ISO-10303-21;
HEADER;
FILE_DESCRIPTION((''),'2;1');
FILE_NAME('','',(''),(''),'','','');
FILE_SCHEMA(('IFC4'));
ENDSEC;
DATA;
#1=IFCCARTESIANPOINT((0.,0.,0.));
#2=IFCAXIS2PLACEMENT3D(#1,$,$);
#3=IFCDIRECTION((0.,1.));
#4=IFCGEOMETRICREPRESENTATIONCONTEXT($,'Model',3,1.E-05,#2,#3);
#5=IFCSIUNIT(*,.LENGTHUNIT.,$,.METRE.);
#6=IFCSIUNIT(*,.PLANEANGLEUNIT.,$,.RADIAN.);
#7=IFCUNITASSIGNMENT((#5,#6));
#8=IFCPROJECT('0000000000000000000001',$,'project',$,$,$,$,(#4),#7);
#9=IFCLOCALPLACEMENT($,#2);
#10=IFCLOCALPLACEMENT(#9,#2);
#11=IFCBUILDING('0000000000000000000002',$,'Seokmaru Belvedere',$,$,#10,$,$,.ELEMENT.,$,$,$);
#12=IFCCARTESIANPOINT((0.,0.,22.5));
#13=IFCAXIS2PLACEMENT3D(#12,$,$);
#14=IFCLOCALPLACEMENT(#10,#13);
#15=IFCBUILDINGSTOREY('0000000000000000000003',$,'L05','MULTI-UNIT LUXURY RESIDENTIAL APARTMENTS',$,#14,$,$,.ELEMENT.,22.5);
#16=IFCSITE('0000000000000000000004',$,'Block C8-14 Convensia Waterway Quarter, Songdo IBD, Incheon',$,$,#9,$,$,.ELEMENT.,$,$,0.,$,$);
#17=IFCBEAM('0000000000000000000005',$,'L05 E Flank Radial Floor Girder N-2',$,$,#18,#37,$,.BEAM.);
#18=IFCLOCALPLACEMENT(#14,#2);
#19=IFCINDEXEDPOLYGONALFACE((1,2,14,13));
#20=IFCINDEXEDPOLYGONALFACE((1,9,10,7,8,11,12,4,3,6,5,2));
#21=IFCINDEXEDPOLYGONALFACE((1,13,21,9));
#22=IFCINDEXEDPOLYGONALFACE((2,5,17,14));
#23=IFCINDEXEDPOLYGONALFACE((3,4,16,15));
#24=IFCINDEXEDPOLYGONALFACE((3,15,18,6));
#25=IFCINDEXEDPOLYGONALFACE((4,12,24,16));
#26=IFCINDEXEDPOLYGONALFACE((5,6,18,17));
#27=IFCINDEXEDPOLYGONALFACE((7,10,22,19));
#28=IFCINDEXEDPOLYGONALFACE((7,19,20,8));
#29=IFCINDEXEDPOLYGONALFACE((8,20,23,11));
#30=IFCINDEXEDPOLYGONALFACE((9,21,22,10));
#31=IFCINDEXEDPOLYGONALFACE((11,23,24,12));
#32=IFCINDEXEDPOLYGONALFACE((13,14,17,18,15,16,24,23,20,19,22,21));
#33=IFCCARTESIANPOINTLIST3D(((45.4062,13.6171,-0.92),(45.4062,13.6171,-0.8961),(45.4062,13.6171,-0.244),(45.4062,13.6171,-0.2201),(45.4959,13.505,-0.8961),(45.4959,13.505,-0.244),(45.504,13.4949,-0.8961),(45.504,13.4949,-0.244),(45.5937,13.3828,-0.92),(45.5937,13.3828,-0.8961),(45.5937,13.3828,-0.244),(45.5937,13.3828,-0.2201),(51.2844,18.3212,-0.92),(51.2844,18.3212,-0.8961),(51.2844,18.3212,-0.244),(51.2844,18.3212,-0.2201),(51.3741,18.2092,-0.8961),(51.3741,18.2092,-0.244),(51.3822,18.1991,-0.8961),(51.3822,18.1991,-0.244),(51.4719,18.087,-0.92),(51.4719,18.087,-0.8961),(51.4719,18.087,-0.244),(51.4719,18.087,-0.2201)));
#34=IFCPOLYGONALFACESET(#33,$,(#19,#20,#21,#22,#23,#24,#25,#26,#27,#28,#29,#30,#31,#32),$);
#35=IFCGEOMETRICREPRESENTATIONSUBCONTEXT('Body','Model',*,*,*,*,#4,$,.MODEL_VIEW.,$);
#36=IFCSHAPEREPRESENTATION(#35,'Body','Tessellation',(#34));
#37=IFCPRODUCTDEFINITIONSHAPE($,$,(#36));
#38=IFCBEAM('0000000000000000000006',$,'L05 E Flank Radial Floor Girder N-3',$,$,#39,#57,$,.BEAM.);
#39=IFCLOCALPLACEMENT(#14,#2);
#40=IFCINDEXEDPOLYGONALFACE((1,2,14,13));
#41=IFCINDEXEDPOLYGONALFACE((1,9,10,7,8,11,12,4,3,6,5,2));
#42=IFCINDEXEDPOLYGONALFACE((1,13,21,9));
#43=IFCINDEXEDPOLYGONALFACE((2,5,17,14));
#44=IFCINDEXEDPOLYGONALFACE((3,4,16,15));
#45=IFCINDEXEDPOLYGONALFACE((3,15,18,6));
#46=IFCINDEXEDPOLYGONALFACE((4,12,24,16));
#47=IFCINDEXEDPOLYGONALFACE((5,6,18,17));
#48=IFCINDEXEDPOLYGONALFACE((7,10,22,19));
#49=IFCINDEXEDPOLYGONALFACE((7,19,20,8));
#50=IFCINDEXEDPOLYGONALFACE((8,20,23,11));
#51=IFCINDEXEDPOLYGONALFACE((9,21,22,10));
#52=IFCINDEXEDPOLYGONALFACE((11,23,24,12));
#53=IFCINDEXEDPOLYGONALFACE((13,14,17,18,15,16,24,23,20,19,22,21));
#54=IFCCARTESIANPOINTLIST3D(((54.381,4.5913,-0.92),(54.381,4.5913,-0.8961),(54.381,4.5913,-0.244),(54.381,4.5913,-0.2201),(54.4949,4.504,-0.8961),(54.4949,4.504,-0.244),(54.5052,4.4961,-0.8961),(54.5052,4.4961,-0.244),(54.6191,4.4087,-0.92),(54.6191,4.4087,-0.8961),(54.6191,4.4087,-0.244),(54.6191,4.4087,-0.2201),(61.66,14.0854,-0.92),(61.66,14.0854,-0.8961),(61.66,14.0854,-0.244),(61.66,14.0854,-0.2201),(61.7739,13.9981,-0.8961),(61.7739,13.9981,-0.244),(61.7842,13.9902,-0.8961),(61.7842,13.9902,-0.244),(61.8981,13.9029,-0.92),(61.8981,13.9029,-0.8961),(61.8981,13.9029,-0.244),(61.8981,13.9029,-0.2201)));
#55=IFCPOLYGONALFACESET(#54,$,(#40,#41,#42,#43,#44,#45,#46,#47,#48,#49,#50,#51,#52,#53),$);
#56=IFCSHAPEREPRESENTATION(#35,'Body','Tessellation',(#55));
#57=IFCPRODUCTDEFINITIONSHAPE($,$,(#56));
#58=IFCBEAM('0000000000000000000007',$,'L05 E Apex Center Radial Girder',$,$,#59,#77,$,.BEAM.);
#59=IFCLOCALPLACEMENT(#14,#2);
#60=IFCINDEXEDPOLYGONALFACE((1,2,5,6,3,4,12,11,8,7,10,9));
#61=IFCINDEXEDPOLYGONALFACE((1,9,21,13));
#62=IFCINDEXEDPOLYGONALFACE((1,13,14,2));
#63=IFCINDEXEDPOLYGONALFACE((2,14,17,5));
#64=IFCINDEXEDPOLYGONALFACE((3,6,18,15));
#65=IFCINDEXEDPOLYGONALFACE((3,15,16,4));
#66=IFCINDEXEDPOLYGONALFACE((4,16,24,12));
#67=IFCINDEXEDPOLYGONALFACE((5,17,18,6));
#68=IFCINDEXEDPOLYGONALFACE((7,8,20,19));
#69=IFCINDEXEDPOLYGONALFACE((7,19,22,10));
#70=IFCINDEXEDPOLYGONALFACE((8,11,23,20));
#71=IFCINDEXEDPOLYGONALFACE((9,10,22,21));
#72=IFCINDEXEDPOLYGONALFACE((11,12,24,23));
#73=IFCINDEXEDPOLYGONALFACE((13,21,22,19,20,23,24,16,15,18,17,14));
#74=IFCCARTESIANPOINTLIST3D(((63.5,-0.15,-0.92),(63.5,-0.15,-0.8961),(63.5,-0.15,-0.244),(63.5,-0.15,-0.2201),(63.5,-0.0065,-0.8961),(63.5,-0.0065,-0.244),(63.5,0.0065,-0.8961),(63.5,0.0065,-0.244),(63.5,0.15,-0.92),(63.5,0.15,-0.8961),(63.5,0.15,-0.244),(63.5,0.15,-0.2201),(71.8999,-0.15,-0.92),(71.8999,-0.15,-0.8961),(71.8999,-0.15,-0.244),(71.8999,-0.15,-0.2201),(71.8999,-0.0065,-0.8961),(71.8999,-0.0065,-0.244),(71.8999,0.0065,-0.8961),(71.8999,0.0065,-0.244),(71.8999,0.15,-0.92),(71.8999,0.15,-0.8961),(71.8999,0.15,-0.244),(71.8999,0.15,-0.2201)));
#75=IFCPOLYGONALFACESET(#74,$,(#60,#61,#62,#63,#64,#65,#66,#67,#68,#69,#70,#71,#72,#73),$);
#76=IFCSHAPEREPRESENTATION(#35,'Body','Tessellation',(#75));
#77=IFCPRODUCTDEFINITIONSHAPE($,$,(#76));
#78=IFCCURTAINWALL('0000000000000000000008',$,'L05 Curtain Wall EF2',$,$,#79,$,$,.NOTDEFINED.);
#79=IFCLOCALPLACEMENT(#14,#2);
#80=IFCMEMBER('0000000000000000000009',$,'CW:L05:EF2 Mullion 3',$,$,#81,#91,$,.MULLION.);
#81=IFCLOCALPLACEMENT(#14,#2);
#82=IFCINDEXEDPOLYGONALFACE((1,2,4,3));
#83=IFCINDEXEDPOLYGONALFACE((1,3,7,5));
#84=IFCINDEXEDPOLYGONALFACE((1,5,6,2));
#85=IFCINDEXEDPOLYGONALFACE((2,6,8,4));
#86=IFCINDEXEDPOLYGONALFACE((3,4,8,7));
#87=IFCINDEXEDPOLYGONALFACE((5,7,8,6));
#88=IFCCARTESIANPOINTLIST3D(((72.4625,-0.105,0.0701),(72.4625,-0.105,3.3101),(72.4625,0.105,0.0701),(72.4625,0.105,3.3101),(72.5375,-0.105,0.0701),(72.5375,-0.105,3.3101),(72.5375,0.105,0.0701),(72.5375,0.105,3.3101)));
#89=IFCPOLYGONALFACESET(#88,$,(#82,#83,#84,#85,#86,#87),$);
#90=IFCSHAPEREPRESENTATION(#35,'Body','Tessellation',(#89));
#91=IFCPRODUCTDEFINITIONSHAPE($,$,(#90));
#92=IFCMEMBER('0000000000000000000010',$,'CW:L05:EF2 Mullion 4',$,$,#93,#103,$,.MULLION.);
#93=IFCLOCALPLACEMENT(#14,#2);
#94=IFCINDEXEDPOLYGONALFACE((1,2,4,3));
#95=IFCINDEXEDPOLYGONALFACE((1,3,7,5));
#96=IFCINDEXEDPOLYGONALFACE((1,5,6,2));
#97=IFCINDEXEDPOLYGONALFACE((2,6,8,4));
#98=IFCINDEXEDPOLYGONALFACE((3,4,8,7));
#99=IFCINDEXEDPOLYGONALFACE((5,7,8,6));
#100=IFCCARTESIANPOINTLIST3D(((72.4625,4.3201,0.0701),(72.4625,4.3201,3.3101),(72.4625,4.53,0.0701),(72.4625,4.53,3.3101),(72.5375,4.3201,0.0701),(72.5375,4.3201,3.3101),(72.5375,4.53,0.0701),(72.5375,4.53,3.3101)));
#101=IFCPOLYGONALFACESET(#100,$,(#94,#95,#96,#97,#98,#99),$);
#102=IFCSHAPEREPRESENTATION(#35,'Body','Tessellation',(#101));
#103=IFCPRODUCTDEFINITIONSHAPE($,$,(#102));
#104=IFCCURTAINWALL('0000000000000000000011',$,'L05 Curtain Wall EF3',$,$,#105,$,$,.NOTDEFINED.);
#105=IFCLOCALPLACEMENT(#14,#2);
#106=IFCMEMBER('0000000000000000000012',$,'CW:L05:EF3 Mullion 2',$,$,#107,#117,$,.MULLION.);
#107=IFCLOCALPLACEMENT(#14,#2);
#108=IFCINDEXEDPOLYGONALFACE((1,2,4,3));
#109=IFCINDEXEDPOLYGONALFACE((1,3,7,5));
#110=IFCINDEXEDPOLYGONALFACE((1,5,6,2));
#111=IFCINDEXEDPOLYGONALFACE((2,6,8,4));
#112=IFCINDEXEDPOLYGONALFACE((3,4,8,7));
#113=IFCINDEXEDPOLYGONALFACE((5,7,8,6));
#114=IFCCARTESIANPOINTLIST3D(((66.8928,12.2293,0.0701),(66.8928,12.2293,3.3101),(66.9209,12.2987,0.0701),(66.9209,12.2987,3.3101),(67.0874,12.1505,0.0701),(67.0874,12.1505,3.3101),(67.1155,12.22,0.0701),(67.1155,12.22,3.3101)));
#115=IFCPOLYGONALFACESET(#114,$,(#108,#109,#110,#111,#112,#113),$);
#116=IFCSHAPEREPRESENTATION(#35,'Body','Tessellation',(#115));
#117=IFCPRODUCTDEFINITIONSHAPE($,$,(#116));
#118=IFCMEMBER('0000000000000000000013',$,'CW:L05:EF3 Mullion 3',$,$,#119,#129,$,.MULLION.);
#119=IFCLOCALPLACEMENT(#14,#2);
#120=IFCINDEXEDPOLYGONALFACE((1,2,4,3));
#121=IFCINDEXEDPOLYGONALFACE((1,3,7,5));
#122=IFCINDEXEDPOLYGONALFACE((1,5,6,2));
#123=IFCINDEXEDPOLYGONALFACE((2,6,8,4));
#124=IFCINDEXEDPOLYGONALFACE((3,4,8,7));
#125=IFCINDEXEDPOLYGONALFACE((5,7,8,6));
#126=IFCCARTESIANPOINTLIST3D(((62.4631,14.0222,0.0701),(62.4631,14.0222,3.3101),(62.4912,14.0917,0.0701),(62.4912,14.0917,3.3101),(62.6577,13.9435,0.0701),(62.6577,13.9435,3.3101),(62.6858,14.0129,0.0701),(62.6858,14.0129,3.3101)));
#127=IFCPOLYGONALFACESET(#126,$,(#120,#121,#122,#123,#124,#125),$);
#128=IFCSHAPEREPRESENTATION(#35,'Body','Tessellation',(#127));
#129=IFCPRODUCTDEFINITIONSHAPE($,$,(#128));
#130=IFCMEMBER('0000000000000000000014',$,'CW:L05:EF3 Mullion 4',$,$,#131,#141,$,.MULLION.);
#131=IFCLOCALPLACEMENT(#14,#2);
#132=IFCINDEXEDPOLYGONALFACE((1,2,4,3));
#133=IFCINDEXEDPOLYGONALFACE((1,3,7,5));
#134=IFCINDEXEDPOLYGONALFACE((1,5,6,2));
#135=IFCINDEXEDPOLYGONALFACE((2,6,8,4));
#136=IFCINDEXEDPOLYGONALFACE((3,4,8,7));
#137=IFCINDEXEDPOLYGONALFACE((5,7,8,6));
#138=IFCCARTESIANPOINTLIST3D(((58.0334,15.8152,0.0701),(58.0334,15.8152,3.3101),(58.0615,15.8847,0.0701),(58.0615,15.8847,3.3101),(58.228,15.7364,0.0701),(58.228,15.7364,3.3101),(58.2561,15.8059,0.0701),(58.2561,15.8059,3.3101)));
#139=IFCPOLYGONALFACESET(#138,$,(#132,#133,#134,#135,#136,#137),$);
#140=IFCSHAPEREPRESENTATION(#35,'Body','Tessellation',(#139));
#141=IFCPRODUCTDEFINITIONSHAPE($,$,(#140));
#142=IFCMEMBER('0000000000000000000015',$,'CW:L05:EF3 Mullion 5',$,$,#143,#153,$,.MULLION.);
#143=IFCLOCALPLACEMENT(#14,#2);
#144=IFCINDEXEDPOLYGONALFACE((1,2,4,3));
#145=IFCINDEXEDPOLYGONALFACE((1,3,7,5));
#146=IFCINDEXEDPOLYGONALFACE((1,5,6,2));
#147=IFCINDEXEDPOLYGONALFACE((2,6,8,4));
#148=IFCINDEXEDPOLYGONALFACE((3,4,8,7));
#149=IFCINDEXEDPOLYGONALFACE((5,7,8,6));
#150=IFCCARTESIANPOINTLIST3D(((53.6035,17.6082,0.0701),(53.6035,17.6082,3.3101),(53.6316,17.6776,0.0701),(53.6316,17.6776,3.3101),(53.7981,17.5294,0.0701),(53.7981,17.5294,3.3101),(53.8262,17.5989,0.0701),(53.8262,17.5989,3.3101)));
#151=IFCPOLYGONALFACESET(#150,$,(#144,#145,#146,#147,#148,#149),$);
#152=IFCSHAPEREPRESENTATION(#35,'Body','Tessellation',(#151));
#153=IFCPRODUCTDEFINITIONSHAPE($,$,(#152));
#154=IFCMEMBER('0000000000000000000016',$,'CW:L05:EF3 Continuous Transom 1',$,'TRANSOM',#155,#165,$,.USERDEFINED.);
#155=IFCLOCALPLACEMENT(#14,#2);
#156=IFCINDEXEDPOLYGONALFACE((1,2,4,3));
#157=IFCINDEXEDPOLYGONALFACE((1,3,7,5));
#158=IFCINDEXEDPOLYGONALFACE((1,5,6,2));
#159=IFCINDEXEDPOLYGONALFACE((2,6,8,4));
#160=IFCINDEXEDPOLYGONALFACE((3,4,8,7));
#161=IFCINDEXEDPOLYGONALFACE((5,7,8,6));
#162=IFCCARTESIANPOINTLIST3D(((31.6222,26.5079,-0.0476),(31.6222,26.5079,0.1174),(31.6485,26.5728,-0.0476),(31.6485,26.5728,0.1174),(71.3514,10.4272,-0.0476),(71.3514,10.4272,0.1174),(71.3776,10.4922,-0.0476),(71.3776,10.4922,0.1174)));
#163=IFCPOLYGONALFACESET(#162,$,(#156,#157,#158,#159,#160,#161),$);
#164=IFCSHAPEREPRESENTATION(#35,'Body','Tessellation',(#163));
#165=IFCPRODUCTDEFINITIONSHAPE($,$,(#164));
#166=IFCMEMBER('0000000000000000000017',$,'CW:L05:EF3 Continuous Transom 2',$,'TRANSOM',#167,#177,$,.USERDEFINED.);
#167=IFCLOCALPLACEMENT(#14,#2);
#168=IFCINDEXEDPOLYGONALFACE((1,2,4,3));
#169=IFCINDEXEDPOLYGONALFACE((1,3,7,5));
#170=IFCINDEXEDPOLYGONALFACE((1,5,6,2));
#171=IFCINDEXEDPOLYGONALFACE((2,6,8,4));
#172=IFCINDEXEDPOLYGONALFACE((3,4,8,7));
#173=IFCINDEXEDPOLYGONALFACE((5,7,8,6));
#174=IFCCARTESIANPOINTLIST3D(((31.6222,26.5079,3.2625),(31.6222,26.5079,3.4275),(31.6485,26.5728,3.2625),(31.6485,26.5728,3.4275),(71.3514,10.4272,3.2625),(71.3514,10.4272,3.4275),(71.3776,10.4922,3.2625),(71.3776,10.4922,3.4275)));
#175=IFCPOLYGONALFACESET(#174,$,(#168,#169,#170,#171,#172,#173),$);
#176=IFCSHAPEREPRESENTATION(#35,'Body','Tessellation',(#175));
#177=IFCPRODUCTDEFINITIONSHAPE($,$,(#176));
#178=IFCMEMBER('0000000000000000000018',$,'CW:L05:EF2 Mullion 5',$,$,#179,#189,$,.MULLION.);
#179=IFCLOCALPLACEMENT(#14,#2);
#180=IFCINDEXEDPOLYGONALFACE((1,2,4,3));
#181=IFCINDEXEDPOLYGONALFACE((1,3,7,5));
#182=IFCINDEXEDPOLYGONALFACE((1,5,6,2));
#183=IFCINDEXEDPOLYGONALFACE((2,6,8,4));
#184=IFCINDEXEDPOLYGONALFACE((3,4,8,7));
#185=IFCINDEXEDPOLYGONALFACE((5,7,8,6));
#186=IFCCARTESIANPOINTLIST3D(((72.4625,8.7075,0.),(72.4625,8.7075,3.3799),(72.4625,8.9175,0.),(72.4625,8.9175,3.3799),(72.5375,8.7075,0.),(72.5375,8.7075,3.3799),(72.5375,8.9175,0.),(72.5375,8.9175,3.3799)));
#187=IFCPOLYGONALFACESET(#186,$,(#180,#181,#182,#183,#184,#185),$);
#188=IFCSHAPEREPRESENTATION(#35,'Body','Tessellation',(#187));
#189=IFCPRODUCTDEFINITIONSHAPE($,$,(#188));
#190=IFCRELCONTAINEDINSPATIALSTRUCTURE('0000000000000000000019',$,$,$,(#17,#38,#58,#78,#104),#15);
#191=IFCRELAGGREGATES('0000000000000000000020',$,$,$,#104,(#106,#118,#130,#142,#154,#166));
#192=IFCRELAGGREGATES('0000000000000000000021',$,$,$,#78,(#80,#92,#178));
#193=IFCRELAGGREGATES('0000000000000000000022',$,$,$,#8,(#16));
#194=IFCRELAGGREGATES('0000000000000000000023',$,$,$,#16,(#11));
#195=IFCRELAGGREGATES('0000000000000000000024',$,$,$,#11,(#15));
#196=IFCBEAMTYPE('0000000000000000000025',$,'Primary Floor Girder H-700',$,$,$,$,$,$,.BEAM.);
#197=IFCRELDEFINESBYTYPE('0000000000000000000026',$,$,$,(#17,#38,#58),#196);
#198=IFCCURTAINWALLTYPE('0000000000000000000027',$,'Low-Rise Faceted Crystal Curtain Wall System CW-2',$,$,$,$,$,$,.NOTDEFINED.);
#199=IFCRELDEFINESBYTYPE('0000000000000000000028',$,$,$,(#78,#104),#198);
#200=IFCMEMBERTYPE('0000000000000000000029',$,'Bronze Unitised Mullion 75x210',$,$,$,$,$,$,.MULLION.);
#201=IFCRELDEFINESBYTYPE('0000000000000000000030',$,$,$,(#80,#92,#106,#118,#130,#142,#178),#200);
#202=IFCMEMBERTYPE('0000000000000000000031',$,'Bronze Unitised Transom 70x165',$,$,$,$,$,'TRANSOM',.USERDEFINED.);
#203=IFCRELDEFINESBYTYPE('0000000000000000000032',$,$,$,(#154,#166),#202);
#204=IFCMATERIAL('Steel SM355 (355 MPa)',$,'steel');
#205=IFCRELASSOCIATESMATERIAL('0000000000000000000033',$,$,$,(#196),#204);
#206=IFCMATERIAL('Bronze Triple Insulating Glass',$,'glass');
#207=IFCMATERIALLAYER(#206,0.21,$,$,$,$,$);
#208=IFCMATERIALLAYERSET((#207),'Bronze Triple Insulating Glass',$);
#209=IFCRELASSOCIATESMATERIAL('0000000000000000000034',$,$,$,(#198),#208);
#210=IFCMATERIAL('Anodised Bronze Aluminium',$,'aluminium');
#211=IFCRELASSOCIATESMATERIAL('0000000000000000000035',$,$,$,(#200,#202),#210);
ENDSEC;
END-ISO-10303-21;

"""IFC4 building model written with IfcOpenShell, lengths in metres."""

from ifc_helpers import new_model, si_unit, direction, frame, origin, origin_2d, place, context, subcontext, project, spatial, rectangle, i_section, extrude, source, transform, mapped, material, layer, layer_set, material_profile, profile_set, type_object, type_shapes, element, aggregate, save


model = new_model("IFC4")

# Units and contexts
model_context = context("Model", 3, precision=1e-05, world=origin(), true_north=direction((0.0, 1.0)))
body_context = subcontext(model_context, "Body", "Model", "MODEL_VIEW")
ifc_project = project(units=[si_unit("LENGTHUNIT", "METRE"), si_unit("PLANEANGLEUNIT", "RADIAN")], contexts=[model_context])

# Site, building, storey
site_placement = place(None, origin())
site = spatial("IfcSite", under=ifc_project, at=site_placement, Name="Block C8-14 Convensia Waterway Quarter, Songdo IBD, Incheon", CompositionType="ELEMENT", RefElevation=0.0)
building_placement = place(site_placement, origin())
building = spatial("IfcBuilding", under=site, at=building_placement, Name="Seokmaru Belvedere", CompositionType="ELEMENT")
storey_placement = place(building_placement, frame((0.0, 0.0, 22.5)))
storey = spatial("IfcBuildingStorey", under=building, at=storey_placement, Name="L05", Description="MULTI-UNIT LUXURY RESIDENTIAL APARTMENTS", CompositionType="ELEMENT", Elevation=22.5)

# Shared definitions
ifc_material_1 = material(Name="Steel SM355 (355 MPa)", Category="steel")

# Beams
ifc_material_profile_1 = material_profile(ifc_material_1, i_section(OverallWidth=0.3, OverallDepth=0.7, WebThickness=0.0129, FlangeThickness=0.0239, at=origin_2d()), Name="H-700x300x13x24")
ifc_profile_set_1 = profile_set([ifc_material_profile_1], Name="Steel SM355 (355 MPa)")
beam_type_1 = type_object("IfcBeamType", Name="Primary Floor Girder H-700", PredefinedType="BEAM", material=ifc_profile_set_1)
shared_shape_1 = source(origin(), body_context, "Body", "SweptSolid", [
    extrude(i_section(OverallWidth=0.3, OverallDepth=0.7, WebThickness=0.0129, FlangeThickness=0.0239, at=origin_2d()), origin(), (0.0, 0.0, 1.0), 7.5288),
])
beam_1_placement = place(storey_placement, frame((51.3782, 18.2041, -0.5701), z_axis=(-0.780768, -0.624822, 0.0), x_axis=(0.624822, -0.780768, 0.0)))
element("IfcBeam", 1, at=beam_1_placement, inside=storey, type_object=beam_type_1, Name="L05 E Flank Radial Floor Girder N-2", PredefinedType="BEAM", context=body_context, shape_type="MappedRepresentation", body=[
    mapped(shared_shape_1, transform((0.0, 0.0, 0.0), scale=1.0)),
])
shared_shape_2 = source(origin(), body_context, "Body", "SweptSolid", [
    extrude(i_section(OverallWidth=0.3, OverallDepth=0.7, WebThickness=0.0129, FlangeThickness=0.0239, at=origin_2d()), origin(), (0.0, 0.0, 1.0), 11.9634),
])
beam_2_placement = place(storey_placement, frame((61.7791, 13.9941, -0.5701), z_axis=(-0.608443, -0.793598, 0.0), x_axis=(0.793598, -0.608443, 0.0)))
element("IfcBeam", 2, at=beam_2_placement, inside=storey, type_object=beam_type_1, Name="L05 E Flank Radial Floor Girder N-3", PredefinedType="BEAM", context=body_context, shape_type="MappedRepresentation", body=[
    mapped(shared_shape_2, transform((0.0, 0.0, 0.0), scale=1.0)),
])
shared_shape_3 = source(origin(), body_context, "Body", "SweptSolid", [
    extrude(i_section(OverallWidth=0.3, OverallDepth=0.7, WebThickness=0.0129, FlangeThickness=0.0239, at=origin_2d()), origin(), (0.0, 0.0, 1.0), 8.3999),
])
beam_3_placement = place(storey_placement, frame((71.8999, 0.0, -0.5701), z_axis=(-1.0, 0.0, 0.0), x_axis=(0.0, -1.0, 0.0)))
element("IfcBeam", 3, at=beam_3_placement, inside=storey, type_object=beam_type_1, Name="L05 E Apex Center Radial Girder", PredefinedType="BEAM", context=body_context, shape_type="MappedRepresentation", body=[
    mapped(shared_shape_3, transform((0.0, 0.0, 0.0), scale=1.0)),
])

# Curtain walls, members
ifc_material_2 = material(Name="Bronze Triple Insulating Glass", Category="glass")
ifc_layer_1 = layer(ifc_material_2, 0.21)
ifc_layer_set_1 = layer_set([ifc_layer_1], Name="Bronze Triple Insulating Glass")
curtain_wall_type = type_object("IfcCurtainWallType", Name="Low-Rise Faceted Crystal Curtain Wall System CW-2", PredefinedType="NOTDEFINED", material=ifc_layer_set_1)
curtain_wall_1_placement = place(storey_placement, origin())
curtain_wall_1 = element("IfcCurtainWall", 4, at=curtain_wall_1_placement, inside=storey, type_object=curtain_wall_type, Name="L05 Curtain Wall EF2", PredefinedType="NOTDEFINED")
ifc_material_3 = material(Name="Anodised Bronze Aluminium", Category="aluminium")
ifc_material_profile_2 = material_profile(ifc_material_3, rectangle(XDim=0.075, YDim=0.21, at=origin_2d()), Name="CW-M-75x210")
ifc_profile_set_2 = profile_set([ifc_material_profile_2], Name="Anodised Bronze Aluminium")
member_type_1 = type_object("IfcMemberType", Name="Bronze Unitised Mullion 75x210", PredefinedType="MULLION", material=ifc_profile_set_2)
shared_shape_4 = source(origin(), body_context, "Body", "SweptSolid", [
    extrude(rectangle(XDim=0.075, YDim=0.21, at=origin_2d()), origin(), (0.0, 0.0, 1.0), 3.24),
])
member_1_placement = place(storey_placement, frame((72.5, 0.0, 0.0701), z_axis=(0.0, 0.0, 1.0), x_axis=(-1.0, 0.0, 0.0)))
member_1 = element("IfcMember", 5, at=member_1_placement, type_object=member_type_1, Name="CW:L05:EF2 Mullion 3", PredefinedType="MULLION", context=body_context, shape_type="MappedRepresentation", body=[
    mapped(shared_shape_4, transform((0.0, 0.0, 0.0), scale=1.0)),
])
member_2_placement = place(storey_placement, frame((72.5, 4.425, 0.0701), z_axis=(0.0, 0.0, 1.0), x_axis=(-1.0, 0.0, 0.0)))
member_2 = element("IfcMember", 6, at=member_2_placement, type_object=member_type_1, Name="CW:L05:EF2 Mullion 4", PredefinedType="MULLION", context=body_context, shape_type="MappedRepresentation", body=[
    mapped(shared_shape_4, transform((0.0, 0.0, 0.0), scale=1.0)),
])
curtain_wall_2_placement = place(storey_placement, origin())
curtain_wall_2 = element("IfcCurtainWall", 7, at=curtain_wall_2_placement, inside=storey, type_object=curtain_wall_type, Name="L05 Curtain Wall EF3", PredefinedType="NOTDEFINED")
member_3_placement = place(storey_placement, frame((67.0042, 12.2246, 0.0701), z_axis=(0.0, 0.0, 1.0), x_axis=(-0.375192, -0.926947, 0.0)))
member_3 = element("IfcMember", 8, at=member_3_placement, type_object=member_type_1, Name="CW:L05:EF3 Mullion 2", PredefinedType="MULLION", context=body_context, shape_type="MappedRepresentation", body=[
    mapped(shared_shape_4, transform((0.0, 0.0, 0.0), scale=1.0)),
])
member_4_placement = place(storey_placement, frame((62.5745, 14.0176, 0.0701), z_axis=(0.0, 0.0, 1.0), x_axis=(-0.375192, -0.926947, 0.0)))
member_4 = element("IfcMember", 9, at=member_4_placement, type_object=member_type_1, Name="CW:L05:EF3 Mullion 3", PredefinedType="MULLION", context=body_context, shape_type="MappedRepresentation", body=[
    mapped(shared_shape_4, transform((0.0, 0.0, 0.0), scale=1.0)),
])
member_5_placement = place(storey_placement, frame((58.1448, 15.8105, 0.0701), z_axis=(0.0, 0.0, 1.0), x_axis=(-0.375192, -0.926947, 0.0)))
member_5 = element("IfcMember", 10, at=member_5_placement, type_object=member_type_1, Name="CW:L05:EF3 Mullion 4", PredefinedType="MULLION", context=body_context, shape_type="MappedRepresentation", body=[
    mapped(shared_shape_4, transform((0.0, 0.0, 0.0), scale=1.0)),
])
member_6_placement = place(storey_placement, frame((53.7148, 17.6035, 0.0701), z_axis=(0.0, 0.0, 1.0), x_axis=(-0.375192, -0.926947, 0.0)))
member_6 = element("IfcMember", 11, at=member_6_placement, type_object=member_type_1, Name="CW:L05:EF3 Mullion 5", PredefinedType="MULLION", context=body_context, shape_type="MappedRepresentation", body=[
    mapped(shared_shape_4, transform((0.0, 0.0, 0.0), scale=1.0)),
])
ifc_material_profile_3 = material_profile(ifc_material_3, rectangle(XDim=0.0701, YDim=0.165, at=origin_2d()), Name="CW-T-70x165")
ifc_profile_set_3 = profile_set([ifc_material_profile_3], Name="Anodised Bronze Aluminium")
member_type_2 = type_object("IfcMemberType", Name="Bronze Unitised Transom 70x165", ElementType="TRANSOM", PredefinedType="USERDEFINED", material=ifc_profile_set_3)
shared_shape_5 = source(origin(), body_context, "Body", "SweptSolid", [
    extrude(rectangle(XDim=0.0701, YDim=0.165, at=origin_2d()), origin(), (0.0, 0.0, 1.0), 42.8601),
])
type_shapes(member_type_2, [shared_shape_5])
member_7_placement = place(storey_placement, frame((71.3645, 10.4597, 0.0349), z_axis=(-0.926949, 0.375188, 0.0), x_axis=(-0.375188, -0.926949, 0.0)))
member_7 = element("IfcMember", 12, at=member_7_placement, type_object=member_type_2, Name="CW:L05:EF3 Continuous Transom 1", ObjectType="TRANSOM", PredefinedType="USERDEFINED", context=body_context, shape_type="MappedRepresentation", body=[
    mapped(shared_shape_5, transform((0.0, 0.0, 0.0), scale=1.0)),
])
member_8_placement = place(storey_placement, frame((71.3645, 10.4597, 3.345), z_axis=(-0.926949, 0.375188, 0.0), x_axis=(-0.375188, -0.926949, 0.0)))
member_8 = element("IfcMember", 13, at=member_8_placement, type_object=member_type_2, Name="CW:L05:EF3 Continuous Transom 2", ObjectType="TRANSOM", PredefinedType="USERDEFINED", context=body_context, shape_type="MappedRepresentation", body=[
    mapped(shared_shape_5, transform((0.0, 0.0, 0.0), scale=1.0)),
])

# Member
shared_shape_6 = source(origin(), body_context, "Body", "SweptSolid", [
    extrude(rectangle(XDim=0.075, YDim=0.21, at=origin_2d()), origin(), (0.0, 0.0, 1.0), 3.3799),
])
type_shapes(member_type_1, [shared_shape_4, shared_shape_6])
member_9_placement = place(storey_placement, frame((72.5, 8.8125, 0.0), z_axis=(0.0, 0.0, 1.0), x_axis=(-1.0, 0.0, 0.0)))
member_9 = element("IfcMember", 14, at=member_9_placement, type_object=member_type_1, Name="CW:L05:EF2 Mullion 5", PredefinedType="MULLION", context=body_context, shape_type="MappedRepresentation", body=[
    mapped(shared_shape_6, transform((0.0, 0.0, 0.0), scale=1.0)),
])

aggregate(curtain_wall_2, [member_3, member_4, member_5, member_6, member_7, member_8])
aggregate(curtain_wall_1, [member_1, member_2, member_9])

save(model, "model.ifc")
